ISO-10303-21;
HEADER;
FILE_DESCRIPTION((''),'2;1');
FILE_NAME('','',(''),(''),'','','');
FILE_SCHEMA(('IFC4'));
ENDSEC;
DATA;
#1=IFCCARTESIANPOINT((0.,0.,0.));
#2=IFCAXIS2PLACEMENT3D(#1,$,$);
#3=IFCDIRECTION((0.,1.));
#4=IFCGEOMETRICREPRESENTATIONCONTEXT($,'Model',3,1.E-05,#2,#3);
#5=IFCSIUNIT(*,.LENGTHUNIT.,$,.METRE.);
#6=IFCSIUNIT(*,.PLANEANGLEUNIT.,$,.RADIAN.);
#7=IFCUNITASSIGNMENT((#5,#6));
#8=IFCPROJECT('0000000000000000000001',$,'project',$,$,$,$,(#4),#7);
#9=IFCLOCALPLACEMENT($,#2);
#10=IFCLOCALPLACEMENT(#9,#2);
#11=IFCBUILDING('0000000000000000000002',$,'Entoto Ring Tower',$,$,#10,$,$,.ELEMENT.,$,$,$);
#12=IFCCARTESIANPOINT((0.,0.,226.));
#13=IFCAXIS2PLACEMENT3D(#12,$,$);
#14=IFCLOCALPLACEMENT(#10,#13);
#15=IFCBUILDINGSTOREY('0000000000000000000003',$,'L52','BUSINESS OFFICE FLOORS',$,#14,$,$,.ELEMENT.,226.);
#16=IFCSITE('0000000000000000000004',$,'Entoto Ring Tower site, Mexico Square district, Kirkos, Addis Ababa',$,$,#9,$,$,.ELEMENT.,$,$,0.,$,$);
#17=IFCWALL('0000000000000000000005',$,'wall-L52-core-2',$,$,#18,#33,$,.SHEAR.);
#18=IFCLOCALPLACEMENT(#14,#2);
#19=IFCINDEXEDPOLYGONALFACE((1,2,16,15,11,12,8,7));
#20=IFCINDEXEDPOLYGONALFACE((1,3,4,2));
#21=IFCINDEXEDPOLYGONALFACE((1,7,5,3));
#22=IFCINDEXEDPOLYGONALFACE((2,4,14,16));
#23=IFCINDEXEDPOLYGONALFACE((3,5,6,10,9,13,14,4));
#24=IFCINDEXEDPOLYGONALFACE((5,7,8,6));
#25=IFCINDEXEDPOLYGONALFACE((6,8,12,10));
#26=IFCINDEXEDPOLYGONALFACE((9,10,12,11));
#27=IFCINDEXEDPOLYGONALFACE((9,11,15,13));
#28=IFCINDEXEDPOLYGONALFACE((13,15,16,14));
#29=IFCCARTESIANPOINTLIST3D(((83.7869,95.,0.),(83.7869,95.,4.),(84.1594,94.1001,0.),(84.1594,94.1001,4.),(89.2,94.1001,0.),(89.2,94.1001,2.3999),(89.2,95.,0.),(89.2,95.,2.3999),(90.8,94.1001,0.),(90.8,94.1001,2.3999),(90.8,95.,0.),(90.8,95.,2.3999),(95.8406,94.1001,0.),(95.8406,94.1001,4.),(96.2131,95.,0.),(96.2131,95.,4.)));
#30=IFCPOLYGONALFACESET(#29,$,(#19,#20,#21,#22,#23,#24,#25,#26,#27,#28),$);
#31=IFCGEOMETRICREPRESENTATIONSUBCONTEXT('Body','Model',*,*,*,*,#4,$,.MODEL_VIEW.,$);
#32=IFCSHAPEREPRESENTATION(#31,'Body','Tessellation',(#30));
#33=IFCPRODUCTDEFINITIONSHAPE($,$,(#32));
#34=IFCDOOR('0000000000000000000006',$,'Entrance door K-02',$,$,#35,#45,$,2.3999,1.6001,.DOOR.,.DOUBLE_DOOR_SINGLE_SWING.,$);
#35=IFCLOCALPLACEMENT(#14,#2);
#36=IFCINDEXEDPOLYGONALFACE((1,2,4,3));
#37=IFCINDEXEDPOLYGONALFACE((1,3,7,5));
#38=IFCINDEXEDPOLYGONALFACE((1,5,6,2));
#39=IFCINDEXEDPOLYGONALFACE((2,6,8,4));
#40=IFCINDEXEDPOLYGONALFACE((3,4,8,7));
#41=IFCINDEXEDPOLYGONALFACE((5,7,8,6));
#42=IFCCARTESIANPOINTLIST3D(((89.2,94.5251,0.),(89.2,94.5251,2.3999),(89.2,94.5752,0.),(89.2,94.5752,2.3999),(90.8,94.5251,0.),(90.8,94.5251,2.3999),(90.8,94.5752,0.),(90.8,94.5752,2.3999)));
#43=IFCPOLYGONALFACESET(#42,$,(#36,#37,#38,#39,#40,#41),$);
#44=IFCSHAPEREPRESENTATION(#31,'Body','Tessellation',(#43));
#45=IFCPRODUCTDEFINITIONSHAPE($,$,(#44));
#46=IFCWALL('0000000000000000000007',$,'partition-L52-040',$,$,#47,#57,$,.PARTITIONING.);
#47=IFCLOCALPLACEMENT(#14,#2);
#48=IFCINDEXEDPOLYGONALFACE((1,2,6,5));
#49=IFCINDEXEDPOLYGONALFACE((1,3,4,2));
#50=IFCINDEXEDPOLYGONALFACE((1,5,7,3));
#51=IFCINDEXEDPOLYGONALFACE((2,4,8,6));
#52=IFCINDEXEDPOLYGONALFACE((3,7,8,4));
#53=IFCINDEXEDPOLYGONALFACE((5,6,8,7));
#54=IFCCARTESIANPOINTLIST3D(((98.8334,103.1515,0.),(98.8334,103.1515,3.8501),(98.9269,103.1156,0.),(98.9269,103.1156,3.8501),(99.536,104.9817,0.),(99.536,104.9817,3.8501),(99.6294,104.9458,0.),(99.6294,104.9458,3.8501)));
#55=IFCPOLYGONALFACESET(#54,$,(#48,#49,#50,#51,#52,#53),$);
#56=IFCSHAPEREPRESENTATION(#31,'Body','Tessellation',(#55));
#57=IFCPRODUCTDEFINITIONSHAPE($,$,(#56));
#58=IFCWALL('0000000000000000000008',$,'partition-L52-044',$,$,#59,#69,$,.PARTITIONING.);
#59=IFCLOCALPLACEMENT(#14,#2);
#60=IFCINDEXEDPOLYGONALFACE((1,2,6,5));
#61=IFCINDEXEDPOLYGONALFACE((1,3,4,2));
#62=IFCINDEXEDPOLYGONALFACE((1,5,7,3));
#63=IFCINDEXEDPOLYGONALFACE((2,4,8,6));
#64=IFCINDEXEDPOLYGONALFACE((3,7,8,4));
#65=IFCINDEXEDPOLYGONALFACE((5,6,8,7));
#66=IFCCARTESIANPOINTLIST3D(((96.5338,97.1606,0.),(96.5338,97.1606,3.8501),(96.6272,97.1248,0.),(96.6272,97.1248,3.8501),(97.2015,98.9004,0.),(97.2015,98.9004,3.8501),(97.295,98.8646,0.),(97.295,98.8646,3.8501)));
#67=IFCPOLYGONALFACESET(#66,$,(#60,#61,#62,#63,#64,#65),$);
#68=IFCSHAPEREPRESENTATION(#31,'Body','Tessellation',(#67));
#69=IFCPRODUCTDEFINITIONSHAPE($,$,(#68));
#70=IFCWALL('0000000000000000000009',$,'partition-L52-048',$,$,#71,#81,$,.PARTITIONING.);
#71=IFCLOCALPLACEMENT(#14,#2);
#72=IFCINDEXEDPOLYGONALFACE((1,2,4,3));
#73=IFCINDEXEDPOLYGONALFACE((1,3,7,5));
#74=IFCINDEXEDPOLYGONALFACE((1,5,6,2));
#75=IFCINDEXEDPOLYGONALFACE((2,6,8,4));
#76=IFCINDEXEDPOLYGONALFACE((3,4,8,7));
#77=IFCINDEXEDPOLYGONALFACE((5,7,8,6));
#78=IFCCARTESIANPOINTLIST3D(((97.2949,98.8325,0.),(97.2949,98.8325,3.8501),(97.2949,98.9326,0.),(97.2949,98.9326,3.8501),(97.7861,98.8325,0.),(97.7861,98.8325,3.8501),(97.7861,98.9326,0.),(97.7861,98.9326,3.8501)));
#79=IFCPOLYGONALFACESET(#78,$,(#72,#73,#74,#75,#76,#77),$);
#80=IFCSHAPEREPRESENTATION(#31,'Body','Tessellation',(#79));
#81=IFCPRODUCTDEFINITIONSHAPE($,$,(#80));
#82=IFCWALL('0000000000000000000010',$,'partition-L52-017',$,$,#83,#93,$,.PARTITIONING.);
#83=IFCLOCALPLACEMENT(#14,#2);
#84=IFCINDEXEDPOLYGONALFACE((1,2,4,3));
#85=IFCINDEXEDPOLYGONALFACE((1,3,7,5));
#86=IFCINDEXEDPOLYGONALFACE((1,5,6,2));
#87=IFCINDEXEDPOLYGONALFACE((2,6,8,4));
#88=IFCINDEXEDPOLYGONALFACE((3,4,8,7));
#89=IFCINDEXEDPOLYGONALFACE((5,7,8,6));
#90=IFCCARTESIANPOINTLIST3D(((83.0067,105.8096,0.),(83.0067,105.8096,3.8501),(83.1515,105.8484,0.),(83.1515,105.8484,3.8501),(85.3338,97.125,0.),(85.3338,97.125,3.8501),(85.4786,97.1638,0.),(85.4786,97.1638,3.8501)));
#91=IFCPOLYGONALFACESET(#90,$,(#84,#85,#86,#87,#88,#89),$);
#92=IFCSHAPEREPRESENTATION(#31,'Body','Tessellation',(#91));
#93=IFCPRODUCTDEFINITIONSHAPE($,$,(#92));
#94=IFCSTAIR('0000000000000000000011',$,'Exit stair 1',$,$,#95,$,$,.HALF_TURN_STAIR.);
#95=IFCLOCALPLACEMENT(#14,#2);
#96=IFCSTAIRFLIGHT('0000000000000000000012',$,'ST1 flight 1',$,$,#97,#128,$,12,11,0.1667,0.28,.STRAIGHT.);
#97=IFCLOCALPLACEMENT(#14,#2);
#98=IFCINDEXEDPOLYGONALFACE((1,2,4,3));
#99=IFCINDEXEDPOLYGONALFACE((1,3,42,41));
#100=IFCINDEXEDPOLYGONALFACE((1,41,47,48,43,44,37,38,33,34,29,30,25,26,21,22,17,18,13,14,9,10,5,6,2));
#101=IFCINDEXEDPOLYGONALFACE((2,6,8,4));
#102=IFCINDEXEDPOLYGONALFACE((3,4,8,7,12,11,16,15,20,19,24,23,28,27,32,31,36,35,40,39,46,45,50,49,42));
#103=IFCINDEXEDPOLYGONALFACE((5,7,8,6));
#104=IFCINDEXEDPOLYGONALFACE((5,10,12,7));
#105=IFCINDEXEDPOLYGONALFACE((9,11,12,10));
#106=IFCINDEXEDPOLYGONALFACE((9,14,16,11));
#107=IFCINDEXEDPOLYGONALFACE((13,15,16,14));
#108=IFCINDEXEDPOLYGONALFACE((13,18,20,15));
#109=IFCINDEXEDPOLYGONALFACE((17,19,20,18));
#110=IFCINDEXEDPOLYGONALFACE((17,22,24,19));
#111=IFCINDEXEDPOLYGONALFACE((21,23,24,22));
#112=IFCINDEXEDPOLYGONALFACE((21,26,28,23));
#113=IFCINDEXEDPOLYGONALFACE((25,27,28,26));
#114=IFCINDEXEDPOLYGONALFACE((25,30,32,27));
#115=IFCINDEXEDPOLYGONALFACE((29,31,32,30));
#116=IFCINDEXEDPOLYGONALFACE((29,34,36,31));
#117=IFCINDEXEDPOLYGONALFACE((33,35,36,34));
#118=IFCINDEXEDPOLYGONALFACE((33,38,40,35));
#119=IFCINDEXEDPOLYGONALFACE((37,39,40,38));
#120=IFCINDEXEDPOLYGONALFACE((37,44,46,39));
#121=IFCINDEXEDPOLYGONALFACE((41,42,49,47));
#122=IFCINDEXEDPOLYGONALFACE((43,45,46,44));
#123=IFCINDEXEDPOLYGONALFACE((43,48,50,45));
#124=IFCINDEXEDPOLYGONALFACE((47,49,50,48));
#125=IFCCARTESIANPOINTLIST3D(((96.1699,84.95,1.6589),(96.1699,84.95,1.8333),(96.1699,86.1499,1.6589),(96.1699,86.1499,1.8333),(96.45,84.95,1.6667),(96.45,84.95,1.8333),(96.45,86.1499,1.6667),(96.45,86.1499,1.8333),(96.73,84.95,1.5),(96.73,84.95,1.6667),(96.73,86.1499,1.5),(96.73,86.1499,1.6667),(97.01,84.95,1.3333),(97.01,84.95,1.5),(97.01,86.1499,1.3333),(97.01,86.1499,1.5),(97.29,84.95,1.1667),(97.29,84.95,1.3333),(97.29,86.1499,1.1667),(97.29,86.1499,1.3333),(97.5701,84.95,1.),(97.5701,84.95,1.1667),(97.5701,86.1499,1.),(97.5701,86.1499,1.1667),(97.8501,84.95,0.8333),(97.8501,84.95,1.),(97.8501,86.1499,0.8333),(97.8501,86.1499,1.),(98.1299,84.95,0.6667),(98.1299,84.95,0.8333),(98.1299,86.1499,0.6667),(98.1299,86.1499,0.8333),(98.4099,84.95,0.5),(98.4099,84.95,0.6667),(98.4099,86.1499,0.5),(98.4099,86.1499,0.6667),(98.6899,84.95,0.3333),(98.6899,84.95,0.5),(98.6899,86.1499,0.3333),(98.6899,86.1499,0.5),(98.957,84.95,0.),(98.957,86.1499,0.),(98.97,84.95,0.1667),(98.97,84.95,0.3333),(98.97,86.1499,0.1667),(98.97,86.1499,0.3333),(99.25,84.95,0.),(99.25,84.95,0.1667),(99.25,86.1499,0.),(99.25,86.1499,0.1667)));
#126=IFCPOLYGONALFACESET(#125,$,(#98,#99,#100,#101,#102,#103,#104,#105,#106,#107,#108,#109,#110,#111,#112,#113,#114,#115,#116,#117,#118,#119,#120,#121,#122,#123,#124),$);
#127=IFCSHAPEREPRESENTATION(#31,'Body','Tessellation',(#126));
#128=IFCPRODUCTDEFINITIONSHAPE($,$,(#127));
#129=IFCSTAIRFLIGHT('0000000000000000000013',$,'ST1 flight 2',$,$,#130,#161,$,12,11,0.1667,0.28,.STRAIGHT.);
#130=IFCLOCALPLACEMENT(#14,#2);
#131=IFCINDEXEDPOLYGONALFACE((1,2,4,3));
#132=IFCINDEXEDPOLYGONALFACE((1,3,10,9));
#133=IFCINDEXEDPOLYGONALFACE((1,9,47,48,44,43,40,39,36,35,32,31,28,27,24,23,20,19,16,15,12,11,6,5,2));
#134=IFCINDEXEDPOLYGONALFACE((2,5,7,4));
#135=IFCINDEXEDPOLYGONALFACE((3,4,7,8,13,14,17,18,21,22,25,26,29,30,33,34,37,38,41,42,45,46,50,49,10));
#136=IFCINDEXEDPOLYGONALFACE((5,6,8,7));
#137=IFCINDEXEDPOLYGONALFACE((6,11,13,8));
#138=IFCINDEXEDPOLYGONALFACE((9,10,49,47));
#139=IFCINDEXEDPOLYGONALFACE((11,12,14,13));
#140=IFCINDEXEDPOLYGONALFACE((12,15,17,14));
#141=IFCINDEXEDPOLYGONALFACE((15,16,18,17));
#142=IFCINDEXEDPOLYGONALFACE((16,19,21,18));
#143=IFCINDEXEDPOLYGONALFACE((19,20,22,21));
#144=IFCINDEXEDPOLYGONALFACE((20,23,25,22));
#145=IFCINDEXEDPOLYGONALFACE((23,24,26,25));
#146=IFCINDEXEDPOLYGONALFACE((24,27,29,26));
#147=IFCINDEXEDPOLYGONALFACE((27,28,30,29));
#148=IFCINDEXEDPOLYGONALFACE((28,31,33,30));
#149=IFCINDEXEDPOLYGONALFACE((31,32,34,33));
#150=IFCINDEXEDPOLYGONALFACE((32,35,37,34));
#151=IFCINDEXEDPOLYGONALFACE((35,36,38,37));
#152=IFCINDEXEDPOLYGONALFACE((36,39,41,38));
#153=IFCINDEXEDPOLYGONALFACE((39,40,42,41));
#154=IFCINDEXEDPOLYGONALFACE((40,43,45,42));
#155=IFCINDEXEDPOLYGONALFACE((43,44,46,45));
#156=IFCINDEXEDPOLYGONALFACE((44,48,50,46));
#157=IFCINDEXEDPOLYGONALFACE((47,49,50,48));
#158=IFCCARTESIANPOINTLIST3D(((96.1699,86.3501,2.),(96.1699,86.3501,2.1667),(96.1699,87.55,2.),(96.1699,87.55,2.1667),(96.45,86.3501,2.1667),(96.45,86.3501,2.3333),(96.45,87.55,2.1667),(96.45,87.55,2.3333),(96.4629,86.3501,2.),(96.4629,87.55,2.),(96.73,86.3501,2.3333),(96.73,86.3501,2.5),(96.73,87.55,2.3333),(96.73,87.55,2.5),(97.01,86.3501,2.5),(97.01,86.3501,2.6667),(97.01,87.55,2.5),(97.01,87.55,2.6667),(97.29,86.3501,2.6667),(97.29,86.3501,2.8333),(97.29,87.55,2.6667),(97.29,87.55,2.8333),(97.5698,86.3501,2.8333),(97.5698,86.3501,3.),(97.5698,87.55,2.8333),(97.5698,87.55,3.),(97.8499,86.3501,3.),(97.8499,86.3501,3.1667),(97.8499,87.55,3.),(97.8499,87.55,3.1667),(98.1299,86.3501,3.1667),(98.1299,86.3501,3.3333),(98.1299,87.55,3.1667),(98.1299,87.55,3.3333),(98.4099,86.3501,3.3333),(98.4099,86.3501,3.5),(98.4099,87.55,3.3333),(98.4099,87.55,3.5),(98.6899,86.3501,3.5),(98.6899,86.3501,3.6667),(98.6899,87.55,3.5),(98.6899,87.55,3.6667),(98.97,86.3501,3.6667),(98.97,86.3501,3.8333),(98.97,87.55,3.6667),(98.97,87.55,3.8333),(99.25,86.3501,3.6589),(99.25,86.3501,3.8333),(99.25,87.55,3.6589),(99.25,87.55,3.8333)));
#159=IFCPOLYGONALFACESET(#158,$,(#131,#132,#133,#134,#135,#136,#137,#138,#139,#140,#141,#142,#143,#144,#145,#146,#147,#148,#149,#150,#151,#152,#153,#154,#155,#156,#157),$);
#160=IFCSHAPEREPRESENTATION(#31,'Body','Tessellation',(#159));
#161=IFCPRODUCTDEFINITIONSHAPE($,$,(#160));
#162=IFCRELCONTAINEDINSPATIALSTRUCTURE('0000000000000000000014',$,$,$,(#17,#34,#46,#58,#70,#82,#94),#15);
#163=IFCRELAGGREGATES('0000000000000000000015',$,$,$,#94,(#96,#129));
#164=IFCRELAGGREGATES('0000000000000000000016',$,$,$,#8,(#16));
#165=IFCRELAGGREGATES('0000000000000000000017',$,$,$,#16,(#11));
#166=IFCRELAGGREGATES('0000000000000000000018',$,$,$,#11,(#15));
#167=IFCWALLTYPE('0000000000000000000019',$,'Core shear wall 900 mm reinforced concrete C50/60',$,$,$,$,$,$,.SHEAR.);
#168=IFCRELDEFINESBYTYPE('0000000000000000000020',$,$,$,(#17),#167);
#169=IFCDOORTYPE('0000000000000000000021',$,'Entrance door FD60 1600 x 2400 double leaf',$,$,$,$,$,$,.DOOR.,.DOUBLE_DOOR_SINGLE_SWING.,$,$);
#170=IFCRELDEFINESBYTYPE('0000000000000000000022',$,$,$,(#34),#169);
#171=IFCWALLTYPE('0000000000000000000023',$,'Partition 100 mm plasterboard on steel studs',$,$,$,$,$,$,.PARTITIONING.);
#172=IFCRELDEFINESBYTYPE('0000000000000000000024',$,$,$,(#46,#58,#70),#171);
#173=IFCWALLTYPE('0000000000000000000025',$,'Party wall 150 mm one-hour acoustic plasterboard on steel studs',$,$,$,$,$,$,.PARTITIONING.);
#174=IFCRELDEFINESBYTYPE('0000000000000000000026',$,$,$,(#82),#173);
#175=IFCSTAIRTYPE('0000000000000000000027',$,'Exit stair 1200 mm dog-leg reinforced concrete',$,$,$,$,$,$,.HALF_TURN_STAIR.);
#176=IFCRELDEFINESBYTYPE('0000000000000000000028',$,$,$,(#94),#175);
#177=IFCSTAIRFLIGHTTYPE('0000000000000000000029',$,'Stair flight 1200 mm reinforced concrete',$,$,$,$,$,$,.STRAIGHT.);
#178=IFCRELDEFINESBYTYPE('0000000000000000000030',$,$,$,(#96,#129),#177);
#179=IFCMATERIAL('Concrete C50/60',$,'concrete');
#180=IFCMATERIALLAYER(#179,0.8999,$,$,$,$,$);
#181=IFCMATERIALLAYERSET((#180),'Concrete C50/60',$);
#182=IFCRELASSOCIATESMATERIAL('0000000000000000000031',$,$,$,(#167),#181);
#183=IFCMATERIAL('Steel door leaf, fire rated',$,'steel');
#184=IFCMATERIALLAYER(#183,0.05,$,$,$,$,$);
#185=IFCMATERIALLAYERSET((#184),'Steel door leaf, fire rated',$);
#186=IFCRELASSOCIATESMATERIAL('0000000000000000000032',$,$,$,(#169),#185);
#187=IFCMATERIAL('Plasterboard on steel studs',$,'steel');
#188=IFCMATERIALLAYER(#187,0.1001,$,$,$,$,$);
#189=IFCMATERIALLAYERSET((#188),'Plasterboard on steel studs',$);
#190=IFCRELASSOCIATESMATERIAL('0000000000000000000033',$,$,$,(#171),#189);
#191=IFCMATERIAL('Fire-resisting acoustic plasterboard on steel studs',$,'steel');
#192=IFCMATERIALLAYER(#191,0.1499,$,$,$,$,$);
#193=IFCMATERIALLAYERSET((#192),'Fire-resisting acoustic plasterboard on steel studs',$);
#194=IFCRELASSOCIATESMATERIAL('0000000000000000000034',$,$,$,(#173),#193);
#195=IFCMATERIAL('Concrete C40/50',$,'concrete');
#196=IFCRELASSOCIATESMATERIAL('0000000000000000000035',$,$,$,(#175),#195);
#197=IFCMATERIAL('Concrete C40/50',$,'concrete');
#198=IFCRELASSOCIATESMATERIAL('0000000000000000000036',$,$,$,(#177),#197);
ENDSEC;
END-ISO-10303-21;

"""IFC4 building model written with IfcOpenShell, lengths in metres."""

from ifc_helpers import new_model, si_unit, direction, frame, frame_2d, origin, place, context, subcontext, project, spatial, polyline, rectangle, outline, extrude, material, layer, layer_set, type_object, element, fill, aggregate, save


model = new_model("IFC4")

# Units and contexts
model_context = context("Model", 3, precision=1e-05, world=origin(), true_north=direction((0.0, 1.0)))
body_context = subcontext(model_context, "Body", "Model", "MODEL_VIEW")
ifc_project = project(units=[si_unit("LENGTHUNIT", "METRE"), si_unit("PLANEANGLEUNIT", "RADIAN")], contexts=[model_context])

# Site, building, storey
site_placement = place(None, origin())
site = spatial("IfcSite", under=ifc_project, at=site_placement, Name="Entoto Ring Tower site, Mexico Square district, Kirkos, Addis Ababa", CompositionType="ELEMENT", RefElevation=0.0)
building_placement = place(site_placement, origin())
building = spatial("IfcBuilding", under=site, at=building_placement, Name="Entoto Ring Tower", CompositionType="ELEMENT")
storey_placement = place(building_placement, frame((0.0, 0.0, 226.0)))
storey = spatial("IfcBuildingStorey", under=building, at=storey_placement, Name="L52", Description="BUSINESS OFFICE FLOORS", CompositionType="ELEMENT", Elevation=226.0)

# Wall, opening, door
ifc_material_1 = material(Name="Concrete C50/60", Category="concrete")
ifc_layer_1 = layer(ifc_material_1, 0.8999)
ifc_layer_set_1 = layer_set([ifc_layer_1], Name="Concrete C50/60")
wall_type_1 = type_object("IfcWallType", Name="Core shear wall 900 mm reinforced concrete C50/60", PredefinedType="SHEAR", material=ifc_layer_set_1)
wall_1_placement = place(storey_placement, frame((96.0269, 94.55, 0.0), z_axis=(0.0, 0.0, 1.0), x_axis=(-1.0, 0.0, 0.0)))
wall_1 = element("IfcWall", 1, at=wall_1_placement, inside=storey, type_object=wall_type_1, Name="wall-L52-core-2", PredefinedType="SHEAR", context=body_context, shape_type="SweptSolid", body=[
    extrude(outline(polyline([(-0.1863, -0.45), (12.24, -0.45), (11.8674, 0.45), (0.1863, 0.45), (-0.1863, -0.45)])), origin(), (0.0, 0.0, 1.0), 4.0),
])
opening_1_placement = place(wall_1_placement, frame((5.2268, 0.0, 0.0)))
opening_1 = element("IfcOpeningElement", 2, at=opening_1_placement, cuts=wall_1, PredefinedType="OPENING", context=body_context, shape_type="SweptSolid", body=[
    extrude(rectangle(XDim=1.6001, YDim=2.3999, at=frame_2d((0.8, 1.2))), frame((0.0, 0.46, 0.0), z_axis=(0.0, -1.0, 0.0), x_axis=(1.0, 0.0, 0.0)), (0.0, 0.0, 1.0), 0.9199),
])
ifc_material_2 = material(Name="Steel door leaf, fire rated", Category="steel")
ifc_layer_2 = layer(ifc_material_2, 0.05)
ifc_layer_set_2 = layer_set([ifc_layer_2], Name="Steel door leaf, fire rated")
door_type_1 = type_object("IfcDoorType", Name="Entrance door FD60 1600 x 2400 double leaf", OperationType="DOUBLE_DOOR_SINGLE_SWING", PredefinedType="DOOR", material=ifc_layer_set_2)
door_1_placement = place(opening_1_placement, origin())
door_1 = element("IfcDoor", 3, at=door_1_placement, inside=storey, type_object=door_type_1, Name="Entrance door K-02", OperationType="DOUBLE_DOOR_SINGLE_SWING", OverallHeight=2.3999, OverallWidth=1.6001, PredefinedType="DOOR", context=body_context, shape_type="SweptSolid", body=[
    extrude(rectangle(XDim=1.6001, YDim=2.3999, at=frame_2d((0.8, 1.2))), frame((0.0, 0.0249, 0.0), z_axis=(0.0, -1.0, 0.0), x_axis=(1.0, 0.0, 0.0)), (0.0, 0.0, 1.0), 0.05),
])
fill(opening_1, door_1)

# Walls
ifc_material_3 = material(Name="Plasterboard on steel studs", Category="steel")
ifc_layer_3 = layer(ifc_material_3, 0.1001)
ifc_layer_set_3 = layer_set([ifc_layer_3], Name="Plasterboard on steel studs")
wall_type_2 = type_object("IfcWallType", Name="Partition 100 mm plasterboard on steel studs", PredefinedType="PARTITIONING", material=ifc_layer_set_3)
wall_2_placement = place(storey_placement, frame((98.8801, 103.1335, 0.0), z_axis=(0.0, 0.0, 1.0), x_axis=(0.358387, 0.933573, 0.0)))
element("IfcWall", 4, at=wall_2_placement, inside=storey, type_object=wall_type_2, Name="partition-L52-040", PredefinedType="PARTITIONING", context=body_context, shape_type="SweptSolid", body=[
    extrude(rectangle(XDim=1.9604, YDim=0.1001, at=frame_2d((0.9802, 0.0))), origin(), (0.0, 0.0, 1.0), 3.8501),
])
wall_3_placement = place(storey_placement, frame((96.5806, 97.1428, 0.0), z_axis=(0.0, 0.0, 1.0), x_axis=(0.358321, 0.933599, 0.0)))
element("IfcWall", 5, at=wall_3_placement, inside=storey, type_object=wall_type_2, Name="partition-L52-044", PredefinedType="PARTITIONING", context=body_context, shape_type="SweptSolid", body=[
    extrude(rectangle(XDim=1.8635, YDim=0.1001, at=frame_2d((0.9316, 0.0))), origin(), (0.0, 0.0, 1.0), 3.8501),
])
wall_4_placement = place(storey_placement, frame((97.2949, 98.8826, 0.0), z_axis=(0.0, 0.0, 1.0), x_axis=(1.0, 0.0, 0.0)))
element("IfcWall", 6, at=wall_4_placement, inside=storey, type_object=wall_type_2, Name="partition-L52-048", PredefinedType="PARTITIONING", context=body_context, shape_type="SweptSolid", body=[
    extrude(rectangle(XDim=0.4912, YDim=0.1001, at=frame_2d((0.2456, 0.0))), origin(), (0.0, 0.0, 1.0), 3.8501),
])
ifc_material_4 = material(Name="Fire-resisting acoustic plasterboard on steel studs", Category="steel")
ifc_layer_4 = layer(ifc_material_4, 0.1499)
ifc_layer_set_4 = layer_set([ifc_layer_4], Name="Fire-resisting acoustic plasterboard on steel studs")
wall_type_3 = type_object("IfcWallType", Name="Party wall 150 mm one-hour acoustic plasterboard on steel studs", PredefinedType="PARTITIONING", material=ifc_layer_set_4)
wall_5_placement = place(storey_placement, frame((85.4062, 97.1443, 0.0), z_axis=(0.0, 0.0, 1.0), x_axis=(-0.258832, 0.965922, 0.0)))
element("IfcWall", 7, at=wall_5_placement, inside=storey, type_object=wall_type_3, Name="partition-L52-017", PredefinedType="PARTITIONING", context=body_context, shape_type="SweptSolid", body=[
    extrude(rectangle(XDim=8.991, YDim=0.1499, at=frame_2d((4.4956, 0.0))), origin(), (0.0, 0.0, 1.0), 3.8501),
])

# Stair, stair flights
ifc_material_5 = material(Name="Concrete C40/50", Category="concrete")
stair_type = type_object("IfcStairType", Name="Exit stair 1200 mm dog-leg reinforced concrete", PredefinedType="HALF_TURN_STAIR", material=ifc_material_5)
stair_placement = place(storey_placement, origin())
stair = element("IfcStair", 8, at=stair_placement, inside=storey, type_object=stair_type, Name="Exit stair 1", PredefinedType="HALF_TURN_STAIR")
ifc_material_6 = material(Name="Concrete C40/50", Category="concrete")
stair_flight_type = type_object("IfcStairFlightType", Name="Stair flight 1200 mm reinforced concrete", PredefinedType="STRAIGHT", material=ifc_material_6)
stair_flight_1_placement = place(storey_placement, frame((99.25, 85.55, 0.0), z_axis=(0.0, 0.0, 1.0), x_axis=(-1.0, 0.0, 0.0)))
stair_flight_1 = element("IfcStairFlight", 9, at=stair_flight_1_placement, type_object=stair_flight_type, Name="ST1 flight 1", NumberOfRisers=12, NumberOfTreads=11, PredefinedType="STRAIGHT", RiserHeight=0.1667, TreadLength=0.28, context=body_context, shape_type="SweptSolid", body=[
    extrude(outline(polyline([(0.0, 0.0), (0.0, 0.1667), (0.28, 0.1667), (0.28, 0.3333), (0.5601, 0.3333), (0.5601, 0.5), (0.8401, 0.5), (0.8401, 0.6667), (1.1201, 0.6667), (1.1201, 0.8333), (1.3999, 0.8333), (1.3999, 1.0), (1.6799, 1.0), (1.6799, 1.1667), (1.96, 1.1667), (1.96, 1.3333), (2.24, 1.3333), (2.24, 1.5), (2.52, 1.5), (2.52, 1.6667), (2.8, 1.6667), (2.8, 1.8333), (3.0801, 1.8333), (3.0801, 2.0), (3.0801, 1.6589), (0.293, 0.0), (0.0, 0.0)])), frame((0.0, 0.6001, 0.0), z_axis=(0.0, -1.0, 0.0), x_axis=(1.0, 0.0, 0.0)), (0.0, 0.0, 1.0), 1.2),
])
stair_flight_2_placement = place(storey_placement, frame((96.1699, 86.95, 2.0), z_axis=(0.0, 0.0, 1.0), x_axis=(1.0, 0.0, 0.0)))
stair_flight_2 = element("IfcStairFlight", 10, at=stair_flight_2_placement, type_object=stair_flight_type, Name="ST1 flight 2", NumberOfRisers=12, NumberOfTreads=11, PredefinedType="STRAIGHT", RiserHeight=0.1667, TreadLength=0.28, context=body_context, shape_type="SweptSolid", body=[
    extrude(outline(polyline([(0.0, 0.0), (0.0, 0.1667), (0.28, 0.1667), (0.28, 0.3333), (0.5601, 0.3333), (0.5601, 0.5), (0.8401, 0.5), (0.8401, 0.6667), (1.1201, 0.6667), (1.1201, 0.8333), (1.3999, 0.8333), (1.3999, 1.0), (1.6799, 1.0), (1.6799, 1.1667), (1.96, 1.1667), (1.96, 1.3333), (2.24, 1.3333), (2.24, 1.5), (2.52, 1.5), (2.52, 1.6667), (2.8, 1.6667), (2.8, 1.8333), (3.0801, 1.8333), (3.0801, 2.0), (3.0801, 1.6589), (0.293, 0.0), (0.0, 0.0)])), frame((0.0, 0.6001, 0.0), z_axis=(0.0, -1.0, 0.0), x_axis=(1.0, 0.0, 0.0)), (0.0, 0.0, 1.0), 1.2),
])
aggregate(stair, [stair_flight_1, stair_flight_2])

save(model, "model.ifc")
